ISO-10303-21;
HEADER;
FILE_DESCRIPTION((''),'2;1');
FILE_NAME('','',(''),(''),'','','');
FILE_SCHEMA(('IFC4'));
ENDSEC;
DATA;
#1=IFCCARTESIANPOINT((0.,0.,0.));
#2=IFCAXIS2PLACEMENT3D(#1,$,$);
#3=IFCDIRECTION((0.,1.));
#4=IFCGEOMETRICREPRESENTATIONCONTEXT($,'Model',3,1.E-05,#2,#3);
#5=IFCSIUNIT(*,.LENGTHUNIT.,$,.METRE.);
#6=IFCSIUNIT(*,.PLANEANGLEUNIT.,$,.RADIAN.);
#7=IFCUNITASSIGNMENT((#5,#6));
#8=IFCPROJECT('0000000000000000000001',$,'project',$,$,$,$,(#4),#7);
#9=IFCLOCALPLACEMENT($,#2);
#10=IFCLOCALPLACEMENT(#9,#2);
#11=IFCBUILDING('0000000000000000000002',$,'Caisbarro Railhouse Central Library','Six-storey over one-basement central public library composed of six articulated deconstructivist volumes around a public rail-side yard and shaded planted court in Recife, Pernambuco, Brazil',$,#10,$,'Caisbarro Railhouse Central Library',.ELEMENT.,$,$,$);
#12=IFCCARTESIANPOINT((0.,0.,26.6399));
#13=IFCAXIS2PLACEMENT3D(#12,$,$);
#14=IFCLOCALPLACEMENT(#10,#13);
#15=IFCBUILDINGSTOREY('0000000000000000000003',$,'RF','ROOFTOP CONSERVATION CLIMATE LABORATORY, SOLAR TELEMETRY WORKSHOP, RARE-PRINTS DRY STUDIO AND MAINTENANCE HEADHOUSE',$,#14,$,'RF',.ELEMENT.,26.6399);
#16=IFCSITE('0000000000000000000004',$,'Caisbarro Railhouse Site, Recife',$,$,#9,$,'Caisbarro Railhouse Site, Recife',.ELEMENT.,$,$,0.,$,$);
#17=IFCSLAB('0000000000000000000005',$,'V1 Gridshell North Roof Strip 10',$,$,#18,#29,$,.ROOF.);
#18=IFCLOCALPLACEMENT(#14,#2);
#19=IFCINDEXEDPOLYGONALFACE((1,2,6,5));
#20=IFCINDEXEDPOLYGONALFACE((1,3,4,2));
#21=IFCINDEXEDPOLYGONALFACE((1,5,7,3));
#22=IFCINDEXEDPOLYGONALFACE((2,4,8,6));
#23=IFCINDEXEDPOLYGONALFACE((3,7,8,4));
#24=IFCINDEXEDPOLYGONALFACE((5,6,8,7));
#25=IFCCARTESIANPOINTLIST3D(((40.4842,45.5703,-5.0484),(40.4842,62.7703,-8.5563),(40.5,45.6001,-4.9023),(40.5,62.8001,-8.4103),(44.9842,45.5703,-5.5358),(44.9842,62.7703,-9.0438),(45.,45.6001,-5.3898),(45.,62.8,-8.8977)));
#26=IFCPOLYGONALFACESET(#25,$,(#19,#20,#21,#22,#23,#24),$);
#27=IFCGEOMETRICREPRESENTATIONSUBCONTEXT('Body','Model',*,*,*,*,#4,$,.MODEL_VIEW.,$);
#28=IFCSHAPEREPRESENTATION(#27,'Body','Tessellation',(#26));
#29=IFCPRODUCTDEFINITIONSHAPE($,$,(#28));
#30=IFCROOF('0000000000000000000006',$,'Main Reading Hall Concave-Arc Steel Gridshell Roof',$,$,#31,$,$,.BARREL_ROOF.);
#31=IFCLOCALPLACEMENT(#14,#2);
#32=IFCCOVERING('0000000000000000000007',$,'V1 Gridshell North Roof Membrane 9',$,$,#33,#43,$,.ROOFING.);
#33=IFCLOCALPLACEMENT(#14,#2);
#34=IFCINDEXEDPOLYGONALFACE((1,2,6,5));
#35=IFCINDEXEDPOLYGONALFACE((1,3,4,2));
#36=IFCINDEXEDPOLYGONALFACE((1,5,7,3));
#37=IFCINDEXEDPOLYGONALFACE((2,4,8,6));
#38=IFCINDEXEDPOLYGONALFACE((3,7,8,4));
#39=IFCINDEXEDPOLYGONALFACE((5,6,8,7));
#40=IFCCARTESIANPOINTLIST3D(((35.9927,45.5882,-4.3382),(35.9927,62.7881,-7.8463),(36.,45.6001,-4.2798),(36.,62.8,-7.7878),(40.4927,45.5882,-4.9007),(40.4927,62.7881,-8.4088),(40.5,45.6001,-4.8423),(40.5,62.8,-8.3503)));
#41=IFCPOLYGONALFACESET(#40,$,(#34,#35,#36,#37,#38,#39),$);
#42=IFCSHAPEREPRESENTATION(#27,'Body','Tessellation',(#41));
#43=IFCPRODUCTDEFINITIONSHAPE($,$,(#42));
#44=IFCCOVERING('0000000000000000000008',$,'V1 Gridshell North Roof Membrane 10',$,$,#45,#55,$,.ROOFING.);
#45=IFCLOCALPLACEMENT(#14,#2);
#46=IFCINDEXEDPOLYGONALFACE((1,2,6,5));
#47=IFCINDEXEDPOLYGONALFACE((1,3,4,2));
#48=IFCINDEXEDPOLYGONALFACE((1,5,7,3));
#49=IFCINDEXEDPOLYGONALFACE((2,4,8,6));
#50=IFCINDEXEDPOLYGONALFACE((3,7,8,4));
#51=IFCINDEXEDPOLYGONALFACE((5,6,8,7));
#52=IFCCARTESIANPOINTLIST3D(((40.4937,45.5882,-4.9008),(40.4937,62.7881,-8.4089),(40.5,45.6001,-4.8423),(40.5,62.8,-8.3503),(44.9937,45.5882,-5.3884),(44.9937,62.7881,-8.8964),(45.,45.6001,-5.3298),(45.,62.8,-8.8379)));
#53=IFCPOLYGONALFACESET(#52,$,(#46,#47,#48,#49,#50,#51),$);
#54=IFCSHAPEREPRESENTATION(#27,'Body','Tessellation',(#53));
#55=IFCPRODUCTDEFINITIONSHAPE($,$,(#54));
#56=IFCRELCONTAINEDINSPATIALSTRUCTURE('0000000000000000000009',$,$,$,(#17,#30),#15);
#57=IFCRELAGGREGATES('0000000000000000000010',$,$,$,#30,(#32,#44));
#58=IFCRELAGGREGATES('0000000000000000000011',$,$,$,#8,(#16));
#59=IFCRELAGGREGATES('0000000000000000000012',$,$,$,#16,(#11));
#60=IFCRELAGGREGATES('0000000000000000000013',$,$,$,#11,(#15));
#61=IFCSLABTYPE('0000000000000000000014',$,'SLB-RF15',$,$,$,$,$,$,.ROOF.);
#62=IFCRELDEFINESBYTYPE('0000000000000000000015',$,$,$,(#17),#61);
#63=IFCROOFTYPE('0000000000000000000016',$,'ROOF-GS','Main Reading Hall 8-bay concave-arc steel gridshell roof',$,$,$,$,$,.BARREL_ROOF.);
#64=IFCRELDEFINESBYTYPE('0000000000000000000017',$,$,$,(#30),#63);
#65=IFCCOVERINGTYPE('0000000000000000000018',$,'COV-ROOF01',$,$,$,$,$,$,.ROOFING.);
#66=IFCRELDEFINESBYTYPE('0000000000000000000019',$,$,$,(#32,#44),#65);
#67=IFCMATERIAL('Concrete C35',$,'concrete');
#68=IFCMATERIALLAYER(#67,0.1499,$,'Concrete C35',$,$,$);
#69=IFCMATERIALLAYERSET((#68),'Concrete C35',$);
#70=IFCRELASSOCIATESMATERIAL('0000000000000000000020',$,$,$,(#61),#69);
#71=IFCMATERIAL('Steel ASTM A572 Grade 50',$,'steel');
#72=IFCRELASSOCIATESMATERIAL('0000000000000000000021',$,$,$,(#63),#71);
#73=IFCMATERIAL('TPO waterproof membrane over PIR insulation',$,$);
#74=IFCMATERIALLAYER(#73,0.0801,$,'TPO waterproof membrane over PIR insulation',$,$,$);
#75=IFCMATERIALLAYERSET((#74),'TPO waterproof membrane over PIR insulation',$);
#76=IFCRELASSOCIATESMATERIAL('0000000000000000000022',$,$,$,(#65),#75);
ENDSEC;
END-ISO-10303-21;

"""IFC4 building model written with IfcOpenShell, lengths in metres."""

from ifc_helpers import new_model, si_unit, direction, frame, origin, place, context, subcontext, project, spatial, polyline, outline, extrude, material, layer, layer_set, type_object, element, aggregate, save


model = new_model("IFC4")

# Units and contexts
model_context = context("Model", 3, precision=1e-05, world=origin(), true_north=direction((0.0, 1.0)))
body_context = subcontext(model_context, "Body", "Model", "MODEL_VIEW")
ifc_project = project(units=[si_unit("LENGTHUNIT", "METRE"), si_unit("PLANEANGLEUNIT", "RADIAN")], contexts=[model_context])

# Site, building, storey
site_placement = place(None, origin())
site = spatial("IfcSite", under=ifc_project, at=site_placement, Name="Caisbarro Railhouse Site, Recife", LongName="Caisbarro Railhouse Site, Recife", CompositionType="ELEMENT", RefElevation=0.0)
building_placement = place(site_placement, origin())
building = spatial("IfcBuilding", under=site, at=building_placement, Name="Caisbarro Railhouse Central Library", Description="Six-storey over one-basement central public library composed of six articulated deconstructivist volumes around a public rail-side yard and shaded planted court in Recife, Pernambuco, Brazil", LongName="Caisbarro Railhouse Central Library", CompositionType="ELEMENT")
storey_placement = place(building_placement, frame((0.0, 0.0, 26.6399)))
storey = spatial("IfcBuildingStorey", under=building, at=storey_placement, Name="RF", Description="ROOFTOP CONSERVATION CLIMATE LABORATORY, SOLAR TELEMETRY WORKSHOP, RARE-PRINTS DRY STUDIO AND MAINTENANCE HEADHOUSE", LongName="RF", CompositionType="ELEMENT", Elevation=26.6399)

# Shared definitions
ifc_material_1 = material(Name="Steel ASTM A572 Grade 50", Category="steel")

# Slab
ifc_material_2 = material(Name="Concrete C35", Category="concrete")
ifc_layer_1 = layer(ifc_material_2, 0.1499, Name="Concrete C35")
ifc_layer_set_1 = layer_set([ifc_layer_1], Name="Concrete C35")
slab_type = type_object("IfcSlabType", Name="SLB-RF15", PredefinedType="ROOF", material=ifc_layer_set_1)
slab_1_placement = place(storey_placement, frame((40.5, 45.6001, -4.9023), z_axis=(0.105539, 0.19872, 0.974357), x_axis=(0.994185, 0.000005, -0.107688)))
element("IfcSlab", 1, at=slab_1_placement, inside=storey, type_object=slab_type, Name="V1 Gridshell North Roof Strip 10", PredefinedType="ROOF", context=body_context, shape_type="SweptSolid", body=[
    extrude(outline(polyline([(0.0, 0.0), (4.5263, 0.0), (4.9042, 17.5499), (0.3779, 17.55), (0.0, 0.0)])), origin(), (0.0, 0.0, -1.0), 0.1499),
])

# Roof, coverings
roof_type = type_object("IfcRoofType", Name="ROOF-GS", Description="Main Reading Hall 8-bay concave-arc steel gridshell roof", PredefinedType="BARREL_ROOF", material=ifc_material_1)
roof_placement = place(storey_placement, origin())
roof = element("IfcRoof", 2, at=roof_placement, inside=storey, type_object=roof_type, Name="Main Reading Hall Concave-Arc Steel Gridshell Roof", PredefinedType="BARREL_ROOF")
ifc_material_3 = material(Name="TPO waterproof membrane over PIR insulation")
ifc_layer_2 = layer(ifc_material_3, 0.0801, Name="TPO waterproof membrane over PIR insulation")
ifc_layer_set_2 = layer_set([ifc_layer_2], Name="TPO waterproof membrane over PIR insulation")
covering_type = type_object("IfcCoveringType", Name="COV-ROOF01", PredefinedType="ROOFING", material=ifc_layer_set_2)
covering_1_placement = place(storey_placement, frame((36.0, 45.6001, -4.2798), z_axis=(0.12157, 0.198361, 0.97256), x_axis=(0.992278, 0.0, -0.124035)))
covering_1 = element("IfcCovering", 3, at=covering_1_placement, type_object=covering_type, Name="V1 Gridshell North Roof Membrane 9", PredefinedType="ROOFING", context=body_context, shape_type="SweptSolid", body=[
    extrude(outline(polyline([(0.0, 0.0), (4.535, 0.0), (4.9701, 17.5487), (0.4351, 17.5487), (0.0, 0.0)])), origin(), (0.0, 0.0, -1.0), 0.0601),
])
covering_2_placement = place(storey_placement, frame((40.5, 45.6001, -4.8423), z_axis=(0.105565, 0.198726, 0.974353), x_axis=(0.994182, 0.0, -0.107714)))
covering_2 = element("IfcCovering", 4, at=covering_2_placement, type_object=covering_type, Name="V1 Gridshell North Roof Membrane 10", PredefinedType="ROOFING", context=body_context, shape_type="SweptSolid", body=[
    extrude(outline(polyline([(0.0, 0.0), (4.5263, 0.0), (4.9042, 17.55), (0.3779, 17.55), (0.0, 0.0)])), origin(), (0.0, 0.0, -1.0), 0.0601),
])
aggregate(roof, [covering_1, covering_2])

save(model, "model.ifc")
